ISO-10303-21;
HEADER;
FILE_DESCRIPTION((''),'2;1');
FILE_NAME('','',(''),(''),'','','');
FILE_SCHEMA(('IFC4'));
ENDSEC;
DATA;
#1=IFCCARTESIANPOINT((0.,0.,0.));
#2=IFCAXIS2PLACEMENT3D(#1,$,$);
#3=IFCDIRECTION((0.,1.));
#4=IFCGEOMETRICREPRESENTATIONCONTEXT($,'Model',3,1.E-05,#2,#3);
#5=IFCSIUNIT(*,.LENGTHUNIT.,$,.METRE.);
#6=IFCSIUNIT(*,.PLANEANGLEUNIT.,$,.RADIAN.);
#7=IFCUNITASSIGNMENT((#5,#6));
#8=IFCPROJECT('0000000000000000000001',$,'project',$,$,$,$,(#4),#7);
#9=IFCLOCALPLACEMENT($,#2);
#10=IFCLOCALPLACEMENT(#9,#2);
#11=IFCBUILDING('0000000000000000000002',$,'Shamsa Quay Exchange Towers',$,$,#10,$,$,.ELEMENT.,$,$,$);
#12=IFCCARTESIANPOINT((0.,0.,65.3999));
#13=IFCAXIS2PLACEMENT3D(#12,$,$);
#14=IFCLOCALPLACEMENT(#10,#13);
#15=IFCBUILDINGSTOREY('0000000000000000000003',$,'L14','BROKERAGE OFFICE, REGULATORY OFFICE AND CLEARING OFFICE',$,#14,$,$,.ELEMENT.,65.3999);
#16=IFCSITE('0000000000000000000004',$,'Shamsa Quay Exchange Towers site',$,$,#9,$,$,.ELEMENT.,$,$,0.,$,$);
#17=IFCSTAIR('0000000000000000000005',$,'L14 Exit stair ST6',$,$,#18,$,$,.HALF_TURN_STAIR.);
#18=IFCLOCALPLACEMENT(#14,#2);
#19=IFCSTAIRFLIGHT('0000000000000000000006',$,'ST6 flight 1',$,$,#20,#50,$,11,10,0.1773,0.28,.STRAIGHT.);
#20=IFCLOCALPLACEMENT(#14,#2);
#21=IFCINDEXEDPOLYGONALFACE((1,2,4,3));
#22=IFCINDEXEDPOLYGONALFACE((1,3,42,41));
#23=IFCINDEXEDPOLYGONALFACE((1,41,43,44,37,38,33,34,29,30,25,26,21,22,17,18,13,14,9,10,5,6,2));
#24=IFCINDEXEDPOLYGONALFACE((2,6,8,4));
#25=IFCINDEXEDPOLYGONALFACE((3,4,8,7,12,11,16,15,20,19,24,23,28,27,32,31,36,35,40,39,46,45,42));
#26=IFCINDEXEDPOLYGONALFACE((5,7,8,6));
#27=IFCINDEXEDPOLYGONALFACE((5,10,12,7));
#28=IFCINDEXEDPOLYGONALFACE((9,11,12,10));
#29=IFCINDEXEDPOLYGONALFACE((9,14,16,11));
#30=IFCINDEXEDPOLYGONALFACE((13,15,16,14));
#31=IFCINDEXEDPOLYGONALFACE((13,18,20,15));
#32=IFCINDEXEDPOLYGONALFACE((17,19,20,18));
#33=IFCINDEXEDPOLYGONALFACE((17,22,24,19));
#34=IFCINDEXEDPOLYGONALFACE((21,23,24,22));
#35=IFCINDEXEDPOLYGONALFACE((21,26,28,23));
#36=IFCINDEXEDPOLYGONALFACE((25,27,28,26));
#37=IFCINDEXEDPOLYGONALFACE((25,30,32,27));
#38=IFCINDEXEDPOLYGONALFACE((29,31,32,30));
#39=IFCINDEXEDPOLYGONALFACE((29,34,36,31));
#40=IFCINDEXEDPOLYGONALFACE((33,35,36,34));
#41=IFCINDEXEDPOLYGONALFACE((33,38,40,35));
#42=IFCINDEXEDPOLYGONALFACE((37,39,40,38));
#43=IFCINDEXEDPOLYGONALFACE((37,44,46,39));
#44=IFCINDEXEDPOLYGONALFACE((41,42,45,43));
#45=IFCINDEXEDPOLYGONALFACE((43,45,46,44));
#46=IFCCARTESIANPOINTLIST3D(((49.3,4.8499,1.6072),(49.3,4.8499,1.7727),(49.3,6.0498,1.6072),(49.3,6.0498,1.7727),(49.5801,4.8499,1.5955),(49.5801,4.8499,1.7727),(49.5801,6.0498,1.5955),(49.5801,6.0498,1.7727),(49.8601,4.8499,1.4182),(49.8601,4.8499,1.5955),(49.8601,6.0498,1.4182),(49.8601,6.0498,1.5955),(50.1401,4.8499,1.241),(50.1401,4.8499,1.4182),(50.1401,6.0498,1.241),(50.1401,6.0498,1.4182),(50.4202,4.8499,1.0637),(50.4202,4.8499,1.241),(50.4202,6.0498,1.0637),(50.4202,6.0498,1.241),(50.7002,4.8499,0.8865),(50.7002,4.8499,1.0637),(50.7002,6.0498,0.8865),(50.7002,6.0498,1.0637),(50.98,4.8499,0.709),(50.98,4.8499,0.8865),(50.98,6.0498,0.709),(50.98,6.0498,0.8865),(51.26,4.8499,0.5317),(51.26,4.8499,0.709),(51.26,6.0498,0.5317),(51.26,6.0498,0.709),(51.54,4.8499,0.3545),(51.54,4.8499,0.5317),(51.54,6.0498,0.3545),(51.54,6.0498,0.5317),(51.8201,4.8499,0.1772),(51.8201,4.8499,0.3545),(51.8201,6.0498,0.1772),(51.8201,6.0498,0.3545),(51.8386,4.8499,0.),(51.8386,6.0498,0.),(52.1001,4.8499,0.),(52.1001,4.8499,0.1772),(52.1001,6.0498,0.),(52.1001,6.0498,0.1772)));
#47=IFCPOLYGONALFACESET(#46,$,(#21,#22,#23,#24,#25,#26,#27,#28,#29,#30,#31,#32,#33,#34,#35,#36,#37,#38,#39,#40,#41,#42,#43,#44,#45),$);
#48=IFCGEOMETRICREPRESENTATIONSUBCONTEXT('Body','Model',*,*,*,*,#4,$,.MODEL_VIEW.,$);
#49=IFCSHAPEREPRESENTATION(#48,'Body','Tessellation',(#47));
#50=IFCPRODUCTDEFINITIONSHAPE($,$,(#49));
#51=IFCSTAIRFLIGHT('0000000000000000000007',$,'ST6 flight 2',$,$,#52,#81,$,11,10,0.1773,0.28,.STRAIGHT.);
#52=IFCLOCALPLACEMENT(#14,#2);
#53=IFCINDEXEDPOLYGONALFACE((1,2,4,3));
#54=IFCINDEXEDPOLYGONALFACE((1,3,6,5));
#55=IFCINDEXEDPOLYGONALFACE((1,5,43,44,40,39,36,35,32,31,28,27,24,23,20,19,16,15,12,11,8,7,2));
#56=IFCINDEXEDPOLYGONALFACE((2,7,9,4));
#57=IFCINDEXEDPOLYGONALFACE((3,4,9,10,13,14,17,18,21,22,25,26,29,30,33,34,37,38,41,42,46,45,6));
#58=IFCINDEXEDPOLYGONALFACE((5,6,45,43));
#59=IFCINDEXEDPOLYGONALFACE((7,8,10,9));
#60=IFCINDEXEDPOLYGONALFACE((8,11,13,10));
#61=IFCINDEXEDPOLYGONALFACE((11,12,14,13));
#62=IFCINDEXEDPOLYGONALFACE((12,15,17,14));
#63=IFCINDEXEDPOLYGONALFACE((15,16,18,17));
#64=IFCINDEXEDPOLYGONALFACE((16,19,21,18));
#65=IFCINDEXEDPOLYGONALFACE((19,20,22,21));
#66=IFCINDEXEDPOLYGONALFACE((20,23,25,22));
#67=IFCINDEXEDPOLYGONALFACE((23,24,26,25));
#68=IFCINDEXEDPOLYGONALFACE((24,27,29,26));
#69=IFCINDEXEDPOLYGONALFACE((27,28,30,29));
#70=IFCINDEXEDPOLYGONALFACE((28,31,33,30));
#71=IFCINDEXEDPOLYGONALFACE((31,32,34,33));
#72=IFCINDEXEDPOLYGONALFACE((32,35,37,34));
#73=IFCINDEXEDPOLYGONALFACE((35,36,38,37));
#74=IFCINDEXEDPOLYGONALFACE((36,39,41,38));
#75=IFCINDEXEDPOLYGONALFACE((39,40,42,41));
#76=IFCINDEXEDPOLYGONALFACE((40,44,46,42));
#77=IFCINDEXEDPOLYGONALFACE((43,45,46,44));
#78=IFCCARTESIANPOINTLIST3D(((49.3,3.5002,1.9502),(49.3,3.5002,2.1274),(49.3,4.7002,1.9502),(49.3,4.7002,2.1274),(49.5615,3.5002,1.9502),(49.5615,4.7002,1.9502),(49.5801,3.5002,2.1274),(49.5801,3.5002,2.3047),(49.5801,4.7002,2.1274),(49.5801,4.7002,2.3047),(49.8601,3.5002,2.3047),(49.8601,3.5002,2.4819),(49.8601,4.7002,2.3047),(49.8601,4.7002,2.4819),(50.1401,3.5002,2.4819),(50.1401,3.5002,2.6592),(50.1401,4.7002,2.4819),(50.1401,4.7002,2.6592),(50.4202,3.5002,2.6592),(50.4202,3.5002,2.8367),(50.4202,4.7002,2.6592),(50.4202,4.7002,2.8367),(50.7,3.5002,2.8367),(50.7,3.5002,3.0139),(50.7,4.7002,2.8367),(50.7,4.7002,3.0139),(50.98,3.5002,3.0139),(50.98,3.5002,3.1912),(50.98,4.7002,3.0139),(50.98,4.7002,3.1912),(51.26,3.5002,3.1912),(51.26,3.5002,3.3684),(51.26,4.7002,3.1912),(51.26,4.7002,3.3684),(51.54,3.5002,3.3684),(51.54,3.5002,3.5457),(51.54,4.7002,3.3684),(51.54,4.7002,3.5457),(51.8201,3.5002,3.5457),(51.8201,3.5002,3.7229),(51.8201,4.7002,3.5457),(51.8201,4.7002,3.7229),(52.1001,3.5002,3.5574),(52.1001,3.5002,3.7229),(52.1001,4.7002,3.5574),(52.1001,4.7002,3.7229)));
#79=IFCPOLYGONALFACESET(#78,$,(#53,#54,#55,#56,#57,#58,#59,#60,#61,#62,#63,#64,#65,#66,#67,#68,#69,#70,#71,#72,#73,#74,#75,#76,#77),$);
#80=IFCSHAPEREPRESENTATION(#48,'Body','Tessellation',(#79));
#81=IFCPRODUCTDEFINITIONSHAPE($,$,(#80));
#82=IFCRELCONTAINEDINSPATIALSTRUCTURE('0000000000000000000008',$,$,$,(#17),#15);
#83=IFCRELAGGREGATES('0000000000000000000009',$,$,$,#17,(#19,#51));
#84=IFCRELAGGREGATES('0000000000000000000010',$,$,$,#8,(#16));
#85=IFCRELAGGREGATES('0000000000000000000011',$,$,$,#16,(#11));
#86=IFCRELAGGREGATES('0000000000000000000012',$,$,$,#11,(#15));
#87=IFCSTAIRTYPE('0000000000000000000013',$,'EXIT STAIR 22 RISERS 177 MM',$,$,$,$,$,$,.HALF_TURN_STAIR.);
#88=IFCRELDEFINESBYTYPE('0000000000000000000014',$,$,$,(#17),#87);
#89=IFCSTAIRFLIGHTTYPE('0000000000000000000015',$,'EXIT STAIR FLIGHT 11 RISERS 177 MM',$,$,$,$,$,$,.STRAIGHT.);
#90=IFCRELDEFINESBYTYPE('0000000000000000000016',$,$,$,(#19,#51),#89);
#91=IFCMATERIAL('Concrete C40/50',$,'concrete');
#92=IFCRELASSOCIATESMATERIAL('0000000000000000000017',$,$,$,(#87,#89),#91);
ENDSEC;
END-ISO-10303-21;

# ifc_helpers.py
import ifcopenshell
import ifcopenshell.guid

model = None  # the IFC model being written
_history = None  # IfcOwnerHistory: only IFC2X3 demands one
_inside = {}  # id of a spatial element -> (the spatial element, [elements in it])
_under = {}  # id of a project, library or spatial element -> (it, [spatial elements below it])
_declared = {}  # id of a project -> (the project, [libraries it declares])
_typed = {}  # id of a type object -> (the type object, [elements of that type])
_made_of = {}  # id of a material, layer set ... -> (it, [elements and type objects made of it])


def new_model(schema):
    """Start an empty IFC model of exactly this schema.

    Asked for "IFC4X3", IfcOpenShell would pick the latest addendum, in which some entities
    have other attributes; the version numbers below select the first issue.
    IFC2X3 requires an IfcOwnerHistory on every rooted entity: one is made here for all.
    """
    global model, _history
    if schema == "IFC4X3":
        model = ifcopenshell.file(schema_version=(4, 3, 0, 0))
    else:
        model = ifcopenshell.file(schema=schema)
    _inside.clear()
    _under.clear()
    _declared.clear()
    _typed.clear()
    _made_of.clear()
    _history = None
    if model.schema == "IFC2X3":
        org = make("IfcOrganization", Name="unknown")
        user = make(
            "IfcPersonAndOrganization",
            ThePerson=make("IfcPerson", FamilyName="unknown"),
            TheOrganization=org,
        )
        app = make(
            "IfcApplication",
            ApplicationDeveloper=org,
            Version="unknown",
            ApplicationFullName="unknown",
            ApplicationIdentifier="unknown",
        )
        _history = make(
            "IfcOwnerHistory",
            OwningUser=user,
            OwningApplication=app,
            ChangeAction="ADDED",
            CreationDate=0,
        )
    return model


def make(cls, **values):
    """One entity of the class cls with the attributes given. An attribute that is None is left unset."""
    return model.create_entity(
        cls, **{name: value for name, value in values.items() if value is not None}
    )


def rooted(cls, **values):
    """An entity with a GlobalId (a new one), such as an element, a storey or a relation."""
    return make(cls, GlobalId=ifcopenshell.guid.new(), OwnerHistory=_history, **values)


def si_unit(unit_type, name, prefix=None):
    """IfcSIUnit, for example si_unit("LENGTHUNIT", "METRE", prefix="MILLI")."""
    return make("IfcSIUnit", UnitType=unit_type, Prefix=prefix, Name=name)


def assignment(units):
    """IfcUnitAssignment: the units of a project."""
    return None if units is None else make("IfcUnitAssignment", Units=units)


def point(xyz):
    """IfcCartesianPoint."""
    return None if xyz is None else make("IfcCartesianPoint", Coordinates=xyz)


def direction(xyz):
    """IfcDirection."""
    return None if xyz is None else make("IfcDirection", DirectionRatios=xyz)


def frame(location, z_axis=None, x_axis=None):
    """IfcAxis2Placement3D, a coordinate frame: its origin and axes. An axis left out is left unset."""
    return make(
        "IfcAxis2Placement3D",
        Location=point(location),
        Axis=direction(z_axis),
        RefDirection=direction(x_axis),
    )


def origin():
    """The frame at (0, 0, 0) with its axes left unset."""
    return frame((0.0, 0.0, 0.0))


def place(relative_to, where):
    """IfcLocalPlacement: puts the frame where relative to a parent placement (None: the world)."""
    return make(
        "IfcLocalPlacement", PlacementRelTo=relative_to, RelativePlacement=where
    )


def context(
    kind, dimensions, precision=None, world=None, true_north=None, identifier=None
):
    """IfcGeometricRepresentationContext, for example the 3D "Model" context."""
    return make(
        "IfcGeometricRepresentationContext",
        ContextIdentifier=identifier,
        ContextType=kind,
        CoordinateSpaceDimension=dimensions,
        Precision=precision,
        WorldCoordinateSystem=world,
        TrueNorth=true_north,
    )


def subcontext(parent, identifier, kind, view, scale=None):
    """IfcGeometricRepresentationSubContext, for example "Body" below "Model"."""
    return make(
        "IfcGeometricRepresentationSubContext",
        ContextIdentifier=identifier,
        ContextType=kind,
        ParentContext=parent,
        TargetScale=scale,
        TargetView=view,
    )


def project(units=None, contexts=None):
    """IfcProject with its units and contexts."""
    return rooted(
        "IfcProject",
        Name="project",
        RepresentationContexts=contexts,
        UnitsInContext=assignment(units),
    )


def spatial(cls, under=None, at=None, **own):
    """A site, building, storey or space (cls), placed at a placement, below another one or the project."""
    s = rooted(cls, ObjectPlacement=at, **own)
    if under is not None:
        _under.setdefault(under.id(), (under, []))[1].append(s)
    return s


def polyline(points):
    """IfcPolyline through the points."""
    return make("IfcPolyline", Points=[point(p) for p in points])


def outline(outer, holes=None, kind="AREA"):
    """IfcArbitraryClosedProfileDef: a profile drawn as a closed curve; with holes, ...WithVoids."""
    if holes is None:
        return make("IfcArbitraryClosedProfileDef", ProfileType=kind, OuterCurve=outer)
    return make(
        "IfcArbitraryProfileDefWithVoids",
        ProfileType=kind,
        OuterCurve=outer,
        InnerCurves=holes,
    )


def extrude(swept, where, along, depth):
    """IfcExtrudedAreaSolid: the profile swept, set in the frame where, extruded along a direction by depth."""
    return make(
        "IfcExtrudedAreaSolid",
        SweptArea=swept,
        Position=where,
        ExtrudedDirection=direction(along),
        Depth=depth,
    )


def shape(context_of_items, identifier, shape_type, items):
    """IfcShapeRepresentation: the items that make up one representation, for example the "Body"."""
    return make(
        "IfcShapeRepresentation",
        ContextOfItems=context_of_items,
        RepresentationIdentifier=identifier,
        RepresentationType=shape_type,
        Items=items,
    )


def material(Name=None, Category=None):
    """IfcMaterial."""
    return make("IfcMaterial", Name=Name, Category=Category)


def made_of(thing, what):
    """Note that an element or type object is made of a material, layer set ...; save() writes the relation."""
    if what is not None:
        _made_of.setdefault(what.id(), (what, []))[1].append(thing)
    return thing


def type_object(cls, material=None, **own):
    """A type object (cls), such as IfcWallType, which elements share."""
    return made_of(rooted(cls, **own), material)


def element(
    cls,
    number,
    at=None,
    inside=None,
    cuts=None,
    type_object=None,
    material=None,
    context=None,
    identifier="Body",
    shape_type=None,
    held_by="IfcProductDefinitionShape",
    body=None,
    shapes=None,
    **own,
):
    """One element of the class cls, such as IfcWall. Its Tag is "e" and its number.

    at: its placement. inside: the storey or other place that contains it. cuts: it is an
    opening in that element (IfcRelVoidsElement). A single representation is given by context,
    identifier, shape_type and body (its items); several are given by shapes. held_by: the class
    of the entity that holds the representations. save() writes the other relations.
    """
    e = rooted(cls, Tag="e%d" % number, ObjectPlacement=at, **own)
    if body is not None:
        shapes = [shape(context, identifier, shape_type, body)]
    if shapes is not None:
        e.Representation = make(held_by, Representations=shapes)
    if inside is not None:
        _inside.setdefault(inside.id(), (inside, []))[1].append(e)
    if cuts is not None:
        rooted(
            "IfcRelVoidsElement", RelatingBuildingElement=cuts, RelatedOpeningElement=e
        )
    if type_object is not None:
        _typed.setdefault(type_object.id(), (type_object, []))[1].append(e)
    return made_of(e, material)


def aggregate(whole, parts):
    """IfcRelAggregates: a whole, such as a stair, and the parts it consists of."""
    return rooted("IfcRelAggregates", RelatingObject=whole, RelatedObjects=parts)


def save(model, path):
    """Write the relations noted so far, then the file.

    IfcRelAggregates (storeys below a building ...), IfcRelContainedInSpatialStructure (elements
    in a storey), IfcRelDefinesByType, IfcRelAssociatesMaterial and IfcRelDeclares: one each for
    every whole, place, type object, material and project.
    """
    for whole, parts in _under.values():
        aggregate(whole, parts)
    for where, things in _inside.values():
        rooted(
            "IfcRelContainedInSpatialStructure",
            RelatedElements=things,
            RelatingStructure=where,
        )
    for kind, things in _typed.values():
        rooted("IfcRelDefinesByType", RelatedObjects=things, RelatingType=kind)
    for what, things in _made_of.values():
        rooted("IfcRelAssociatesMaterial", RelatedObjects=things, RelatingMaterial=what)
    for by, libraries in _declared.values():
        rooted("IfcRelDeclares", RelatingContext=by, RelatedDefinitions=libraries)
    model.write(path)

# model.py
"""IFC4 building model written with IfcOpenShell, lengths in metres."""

from ifc_helpers import new_model, si_unit, direction, frame, origin, place, context, subcontext, project, spatial, polyline, outline, extrude, material, type_object, element, aggregate, save


model = new_model("IFC4")

# Units and contexts
model_context = context("Model", 3, precision=1e-05, world=origin(), true_north=direction((0.0, 1.0)))
body_context = subcontext(model_context, "Body", "Model", "MODEL_VIEW")
ifc_project = project(units=[si_unit("LENGTHUNIT", "METRE"), si_unit("PLANEANGLEUNIT", "RADIAN")], contexts=[model_context])

# Site, building, storey
site_placement = place(None, origin())
site = spatial("IfcSite", under=ifc_project, at=site_placement, Name="Shamsa Quay Exchange Towers site", CompositionType="ELEMENT", RefElevation=0.0)
building_placement = place(site_placement, origin())
building = spatial("IfcBuilding", under=site, at=building_placement, Name="Shamsa Quay Exchange Towers", CompositionType="ELEMENT")
storey_placement = place(building_placement, frame((0.0, 0.0, 65.3999)))
storey = spatial("IfcBuildingStorey", under=building, at=storey_placement, Name="L14", Description="BROKERAGE OFFICE, REGULATORY OFFICE AND CLEARING OFFICE", CompositionType="ELEMENT", Elevation=65.3999)

# Stair, stair flights
ifc_material_1 = material(Name="Concrete C40/50", Category="concrete")
stair_type = type_object("IfcStairType", Name="EXIT STAIR 22 RISERS 177 MM", PredefinedType="HALF_TURN_STAIR", material=ifc_material_1)
stair_placement = place(storey_placement, origin())
stair = element("IfcStair", 1, at=stair_placement, inside=storey, type_object=stair_type, Name="L14 Exit stair ST6", PredefinedType="HALF_TURN_STAIR")
stair_flight_type = type_object("IfcStairFlightType", Name="EXIT STAIR FLIGHT 11 RISERS 177 MM", PredefinedType="STRAIGHT", material=ifc_material_1)
stair_flight_1_placement = place(storey_placement, frame((52.1001, 5.45, 0.0), z_axis=(0.0, 0.0, 1.0), x_axis=(-1.0, 0.0, 0.0)))
stair_flight_1 = element("IfcStairFlight", 2, at=stair_flight_1_placement, type_object=stair_flight_type, Name="ST6 flight 1", NumberOfRisers=11, NumberOfTreads=10, PredefinedType="STRAIGHT", RiserHeight=0.1773, TreadLength=0.28, context=body_context, shape_type="SweptSolid", body=[
    extrude(outline(polyline([(0.0, 0.0), (0.0, 0.1772), (0.28, 0.1772), (0.28, 0.3545), (0.5601, 0.3545), (0.5601, 0.5317), (0.8401, 0.5317), (0.8401, 0.709), (1.1201, 0.709), (1.1201, 0.8865), (1.3999, 0.8865), (1.3999, 1.0637), (1.6799, 1.0637), (1.6799, 1.241), (1.96, 1.241), (1.96, 1.4182), (2.24, 1.4182), (2.24, 1.5955), (2.52, 1.5955), (2.52, 1.7727), (2.8, 1.7727), (2.8, 1.95), (2.8, 1.6072), (0.2615, 0.0), (0.0, 0.0)])), frame((0.0, 0.6001, 0.0), z_axis=(0.0, -1.0, 0.0), x_axis=(1.0, 0.0, 0.0)), (0.0, 0.0, 1.0), 1.2),
])
stair_flight_2_placement = place(storey_placement, frame((49.3, 4.1001, 1.9502)))
stair_flight_2 = element("IfcStairFlight", 3, at=stair_flight_2_placement, type_object=stair_flight_type, Name="ST6 flight 2", NumberOfRisers=11, NumberOfTreads=10, PredefinedType="STRAIGHT", RiserHeight=0.1773, TreadLength=0.28, context=body_context, shape_type="SweptSolid", body=[
    extrude(outline(polyline([(0.0, 0.0), (0.0, 0.1772), (0.28, 0.1772), (0.28, 0.3545), (0.5601, 0.3545), (0.5601, 0.5317), (0.8401, 0.5317), (0.8401, 0.709), (1.1201, 0.709), (1.1201, 0.8865), (1.3999, 0.8865), (1.3999, 1.0637), (1.6799, 1.0637), (1.6799, 1.241), (1.96, 1.241), (1.96, 1.4182), (2.24, 1.4182), (2.24, 1.5955), (2.52, 1.5955), (2.52, 1.7727), (2.8, 1.7727), (2.8, 1.95), (2.8, 1.6072), (0.2615, 0.0), (0.0, 0.0)])), frame((0.0, 0.6001, 0.0), z_axis=(0.0, -1.0, 0.0), x_axis=(1.0, 0.0, 0.0)), (0.0, 0.0, 1.0), 1.2),
])
aggregate(stair, [stair_flight_1, stair_flight_2])

save(model, "model.ifc")
